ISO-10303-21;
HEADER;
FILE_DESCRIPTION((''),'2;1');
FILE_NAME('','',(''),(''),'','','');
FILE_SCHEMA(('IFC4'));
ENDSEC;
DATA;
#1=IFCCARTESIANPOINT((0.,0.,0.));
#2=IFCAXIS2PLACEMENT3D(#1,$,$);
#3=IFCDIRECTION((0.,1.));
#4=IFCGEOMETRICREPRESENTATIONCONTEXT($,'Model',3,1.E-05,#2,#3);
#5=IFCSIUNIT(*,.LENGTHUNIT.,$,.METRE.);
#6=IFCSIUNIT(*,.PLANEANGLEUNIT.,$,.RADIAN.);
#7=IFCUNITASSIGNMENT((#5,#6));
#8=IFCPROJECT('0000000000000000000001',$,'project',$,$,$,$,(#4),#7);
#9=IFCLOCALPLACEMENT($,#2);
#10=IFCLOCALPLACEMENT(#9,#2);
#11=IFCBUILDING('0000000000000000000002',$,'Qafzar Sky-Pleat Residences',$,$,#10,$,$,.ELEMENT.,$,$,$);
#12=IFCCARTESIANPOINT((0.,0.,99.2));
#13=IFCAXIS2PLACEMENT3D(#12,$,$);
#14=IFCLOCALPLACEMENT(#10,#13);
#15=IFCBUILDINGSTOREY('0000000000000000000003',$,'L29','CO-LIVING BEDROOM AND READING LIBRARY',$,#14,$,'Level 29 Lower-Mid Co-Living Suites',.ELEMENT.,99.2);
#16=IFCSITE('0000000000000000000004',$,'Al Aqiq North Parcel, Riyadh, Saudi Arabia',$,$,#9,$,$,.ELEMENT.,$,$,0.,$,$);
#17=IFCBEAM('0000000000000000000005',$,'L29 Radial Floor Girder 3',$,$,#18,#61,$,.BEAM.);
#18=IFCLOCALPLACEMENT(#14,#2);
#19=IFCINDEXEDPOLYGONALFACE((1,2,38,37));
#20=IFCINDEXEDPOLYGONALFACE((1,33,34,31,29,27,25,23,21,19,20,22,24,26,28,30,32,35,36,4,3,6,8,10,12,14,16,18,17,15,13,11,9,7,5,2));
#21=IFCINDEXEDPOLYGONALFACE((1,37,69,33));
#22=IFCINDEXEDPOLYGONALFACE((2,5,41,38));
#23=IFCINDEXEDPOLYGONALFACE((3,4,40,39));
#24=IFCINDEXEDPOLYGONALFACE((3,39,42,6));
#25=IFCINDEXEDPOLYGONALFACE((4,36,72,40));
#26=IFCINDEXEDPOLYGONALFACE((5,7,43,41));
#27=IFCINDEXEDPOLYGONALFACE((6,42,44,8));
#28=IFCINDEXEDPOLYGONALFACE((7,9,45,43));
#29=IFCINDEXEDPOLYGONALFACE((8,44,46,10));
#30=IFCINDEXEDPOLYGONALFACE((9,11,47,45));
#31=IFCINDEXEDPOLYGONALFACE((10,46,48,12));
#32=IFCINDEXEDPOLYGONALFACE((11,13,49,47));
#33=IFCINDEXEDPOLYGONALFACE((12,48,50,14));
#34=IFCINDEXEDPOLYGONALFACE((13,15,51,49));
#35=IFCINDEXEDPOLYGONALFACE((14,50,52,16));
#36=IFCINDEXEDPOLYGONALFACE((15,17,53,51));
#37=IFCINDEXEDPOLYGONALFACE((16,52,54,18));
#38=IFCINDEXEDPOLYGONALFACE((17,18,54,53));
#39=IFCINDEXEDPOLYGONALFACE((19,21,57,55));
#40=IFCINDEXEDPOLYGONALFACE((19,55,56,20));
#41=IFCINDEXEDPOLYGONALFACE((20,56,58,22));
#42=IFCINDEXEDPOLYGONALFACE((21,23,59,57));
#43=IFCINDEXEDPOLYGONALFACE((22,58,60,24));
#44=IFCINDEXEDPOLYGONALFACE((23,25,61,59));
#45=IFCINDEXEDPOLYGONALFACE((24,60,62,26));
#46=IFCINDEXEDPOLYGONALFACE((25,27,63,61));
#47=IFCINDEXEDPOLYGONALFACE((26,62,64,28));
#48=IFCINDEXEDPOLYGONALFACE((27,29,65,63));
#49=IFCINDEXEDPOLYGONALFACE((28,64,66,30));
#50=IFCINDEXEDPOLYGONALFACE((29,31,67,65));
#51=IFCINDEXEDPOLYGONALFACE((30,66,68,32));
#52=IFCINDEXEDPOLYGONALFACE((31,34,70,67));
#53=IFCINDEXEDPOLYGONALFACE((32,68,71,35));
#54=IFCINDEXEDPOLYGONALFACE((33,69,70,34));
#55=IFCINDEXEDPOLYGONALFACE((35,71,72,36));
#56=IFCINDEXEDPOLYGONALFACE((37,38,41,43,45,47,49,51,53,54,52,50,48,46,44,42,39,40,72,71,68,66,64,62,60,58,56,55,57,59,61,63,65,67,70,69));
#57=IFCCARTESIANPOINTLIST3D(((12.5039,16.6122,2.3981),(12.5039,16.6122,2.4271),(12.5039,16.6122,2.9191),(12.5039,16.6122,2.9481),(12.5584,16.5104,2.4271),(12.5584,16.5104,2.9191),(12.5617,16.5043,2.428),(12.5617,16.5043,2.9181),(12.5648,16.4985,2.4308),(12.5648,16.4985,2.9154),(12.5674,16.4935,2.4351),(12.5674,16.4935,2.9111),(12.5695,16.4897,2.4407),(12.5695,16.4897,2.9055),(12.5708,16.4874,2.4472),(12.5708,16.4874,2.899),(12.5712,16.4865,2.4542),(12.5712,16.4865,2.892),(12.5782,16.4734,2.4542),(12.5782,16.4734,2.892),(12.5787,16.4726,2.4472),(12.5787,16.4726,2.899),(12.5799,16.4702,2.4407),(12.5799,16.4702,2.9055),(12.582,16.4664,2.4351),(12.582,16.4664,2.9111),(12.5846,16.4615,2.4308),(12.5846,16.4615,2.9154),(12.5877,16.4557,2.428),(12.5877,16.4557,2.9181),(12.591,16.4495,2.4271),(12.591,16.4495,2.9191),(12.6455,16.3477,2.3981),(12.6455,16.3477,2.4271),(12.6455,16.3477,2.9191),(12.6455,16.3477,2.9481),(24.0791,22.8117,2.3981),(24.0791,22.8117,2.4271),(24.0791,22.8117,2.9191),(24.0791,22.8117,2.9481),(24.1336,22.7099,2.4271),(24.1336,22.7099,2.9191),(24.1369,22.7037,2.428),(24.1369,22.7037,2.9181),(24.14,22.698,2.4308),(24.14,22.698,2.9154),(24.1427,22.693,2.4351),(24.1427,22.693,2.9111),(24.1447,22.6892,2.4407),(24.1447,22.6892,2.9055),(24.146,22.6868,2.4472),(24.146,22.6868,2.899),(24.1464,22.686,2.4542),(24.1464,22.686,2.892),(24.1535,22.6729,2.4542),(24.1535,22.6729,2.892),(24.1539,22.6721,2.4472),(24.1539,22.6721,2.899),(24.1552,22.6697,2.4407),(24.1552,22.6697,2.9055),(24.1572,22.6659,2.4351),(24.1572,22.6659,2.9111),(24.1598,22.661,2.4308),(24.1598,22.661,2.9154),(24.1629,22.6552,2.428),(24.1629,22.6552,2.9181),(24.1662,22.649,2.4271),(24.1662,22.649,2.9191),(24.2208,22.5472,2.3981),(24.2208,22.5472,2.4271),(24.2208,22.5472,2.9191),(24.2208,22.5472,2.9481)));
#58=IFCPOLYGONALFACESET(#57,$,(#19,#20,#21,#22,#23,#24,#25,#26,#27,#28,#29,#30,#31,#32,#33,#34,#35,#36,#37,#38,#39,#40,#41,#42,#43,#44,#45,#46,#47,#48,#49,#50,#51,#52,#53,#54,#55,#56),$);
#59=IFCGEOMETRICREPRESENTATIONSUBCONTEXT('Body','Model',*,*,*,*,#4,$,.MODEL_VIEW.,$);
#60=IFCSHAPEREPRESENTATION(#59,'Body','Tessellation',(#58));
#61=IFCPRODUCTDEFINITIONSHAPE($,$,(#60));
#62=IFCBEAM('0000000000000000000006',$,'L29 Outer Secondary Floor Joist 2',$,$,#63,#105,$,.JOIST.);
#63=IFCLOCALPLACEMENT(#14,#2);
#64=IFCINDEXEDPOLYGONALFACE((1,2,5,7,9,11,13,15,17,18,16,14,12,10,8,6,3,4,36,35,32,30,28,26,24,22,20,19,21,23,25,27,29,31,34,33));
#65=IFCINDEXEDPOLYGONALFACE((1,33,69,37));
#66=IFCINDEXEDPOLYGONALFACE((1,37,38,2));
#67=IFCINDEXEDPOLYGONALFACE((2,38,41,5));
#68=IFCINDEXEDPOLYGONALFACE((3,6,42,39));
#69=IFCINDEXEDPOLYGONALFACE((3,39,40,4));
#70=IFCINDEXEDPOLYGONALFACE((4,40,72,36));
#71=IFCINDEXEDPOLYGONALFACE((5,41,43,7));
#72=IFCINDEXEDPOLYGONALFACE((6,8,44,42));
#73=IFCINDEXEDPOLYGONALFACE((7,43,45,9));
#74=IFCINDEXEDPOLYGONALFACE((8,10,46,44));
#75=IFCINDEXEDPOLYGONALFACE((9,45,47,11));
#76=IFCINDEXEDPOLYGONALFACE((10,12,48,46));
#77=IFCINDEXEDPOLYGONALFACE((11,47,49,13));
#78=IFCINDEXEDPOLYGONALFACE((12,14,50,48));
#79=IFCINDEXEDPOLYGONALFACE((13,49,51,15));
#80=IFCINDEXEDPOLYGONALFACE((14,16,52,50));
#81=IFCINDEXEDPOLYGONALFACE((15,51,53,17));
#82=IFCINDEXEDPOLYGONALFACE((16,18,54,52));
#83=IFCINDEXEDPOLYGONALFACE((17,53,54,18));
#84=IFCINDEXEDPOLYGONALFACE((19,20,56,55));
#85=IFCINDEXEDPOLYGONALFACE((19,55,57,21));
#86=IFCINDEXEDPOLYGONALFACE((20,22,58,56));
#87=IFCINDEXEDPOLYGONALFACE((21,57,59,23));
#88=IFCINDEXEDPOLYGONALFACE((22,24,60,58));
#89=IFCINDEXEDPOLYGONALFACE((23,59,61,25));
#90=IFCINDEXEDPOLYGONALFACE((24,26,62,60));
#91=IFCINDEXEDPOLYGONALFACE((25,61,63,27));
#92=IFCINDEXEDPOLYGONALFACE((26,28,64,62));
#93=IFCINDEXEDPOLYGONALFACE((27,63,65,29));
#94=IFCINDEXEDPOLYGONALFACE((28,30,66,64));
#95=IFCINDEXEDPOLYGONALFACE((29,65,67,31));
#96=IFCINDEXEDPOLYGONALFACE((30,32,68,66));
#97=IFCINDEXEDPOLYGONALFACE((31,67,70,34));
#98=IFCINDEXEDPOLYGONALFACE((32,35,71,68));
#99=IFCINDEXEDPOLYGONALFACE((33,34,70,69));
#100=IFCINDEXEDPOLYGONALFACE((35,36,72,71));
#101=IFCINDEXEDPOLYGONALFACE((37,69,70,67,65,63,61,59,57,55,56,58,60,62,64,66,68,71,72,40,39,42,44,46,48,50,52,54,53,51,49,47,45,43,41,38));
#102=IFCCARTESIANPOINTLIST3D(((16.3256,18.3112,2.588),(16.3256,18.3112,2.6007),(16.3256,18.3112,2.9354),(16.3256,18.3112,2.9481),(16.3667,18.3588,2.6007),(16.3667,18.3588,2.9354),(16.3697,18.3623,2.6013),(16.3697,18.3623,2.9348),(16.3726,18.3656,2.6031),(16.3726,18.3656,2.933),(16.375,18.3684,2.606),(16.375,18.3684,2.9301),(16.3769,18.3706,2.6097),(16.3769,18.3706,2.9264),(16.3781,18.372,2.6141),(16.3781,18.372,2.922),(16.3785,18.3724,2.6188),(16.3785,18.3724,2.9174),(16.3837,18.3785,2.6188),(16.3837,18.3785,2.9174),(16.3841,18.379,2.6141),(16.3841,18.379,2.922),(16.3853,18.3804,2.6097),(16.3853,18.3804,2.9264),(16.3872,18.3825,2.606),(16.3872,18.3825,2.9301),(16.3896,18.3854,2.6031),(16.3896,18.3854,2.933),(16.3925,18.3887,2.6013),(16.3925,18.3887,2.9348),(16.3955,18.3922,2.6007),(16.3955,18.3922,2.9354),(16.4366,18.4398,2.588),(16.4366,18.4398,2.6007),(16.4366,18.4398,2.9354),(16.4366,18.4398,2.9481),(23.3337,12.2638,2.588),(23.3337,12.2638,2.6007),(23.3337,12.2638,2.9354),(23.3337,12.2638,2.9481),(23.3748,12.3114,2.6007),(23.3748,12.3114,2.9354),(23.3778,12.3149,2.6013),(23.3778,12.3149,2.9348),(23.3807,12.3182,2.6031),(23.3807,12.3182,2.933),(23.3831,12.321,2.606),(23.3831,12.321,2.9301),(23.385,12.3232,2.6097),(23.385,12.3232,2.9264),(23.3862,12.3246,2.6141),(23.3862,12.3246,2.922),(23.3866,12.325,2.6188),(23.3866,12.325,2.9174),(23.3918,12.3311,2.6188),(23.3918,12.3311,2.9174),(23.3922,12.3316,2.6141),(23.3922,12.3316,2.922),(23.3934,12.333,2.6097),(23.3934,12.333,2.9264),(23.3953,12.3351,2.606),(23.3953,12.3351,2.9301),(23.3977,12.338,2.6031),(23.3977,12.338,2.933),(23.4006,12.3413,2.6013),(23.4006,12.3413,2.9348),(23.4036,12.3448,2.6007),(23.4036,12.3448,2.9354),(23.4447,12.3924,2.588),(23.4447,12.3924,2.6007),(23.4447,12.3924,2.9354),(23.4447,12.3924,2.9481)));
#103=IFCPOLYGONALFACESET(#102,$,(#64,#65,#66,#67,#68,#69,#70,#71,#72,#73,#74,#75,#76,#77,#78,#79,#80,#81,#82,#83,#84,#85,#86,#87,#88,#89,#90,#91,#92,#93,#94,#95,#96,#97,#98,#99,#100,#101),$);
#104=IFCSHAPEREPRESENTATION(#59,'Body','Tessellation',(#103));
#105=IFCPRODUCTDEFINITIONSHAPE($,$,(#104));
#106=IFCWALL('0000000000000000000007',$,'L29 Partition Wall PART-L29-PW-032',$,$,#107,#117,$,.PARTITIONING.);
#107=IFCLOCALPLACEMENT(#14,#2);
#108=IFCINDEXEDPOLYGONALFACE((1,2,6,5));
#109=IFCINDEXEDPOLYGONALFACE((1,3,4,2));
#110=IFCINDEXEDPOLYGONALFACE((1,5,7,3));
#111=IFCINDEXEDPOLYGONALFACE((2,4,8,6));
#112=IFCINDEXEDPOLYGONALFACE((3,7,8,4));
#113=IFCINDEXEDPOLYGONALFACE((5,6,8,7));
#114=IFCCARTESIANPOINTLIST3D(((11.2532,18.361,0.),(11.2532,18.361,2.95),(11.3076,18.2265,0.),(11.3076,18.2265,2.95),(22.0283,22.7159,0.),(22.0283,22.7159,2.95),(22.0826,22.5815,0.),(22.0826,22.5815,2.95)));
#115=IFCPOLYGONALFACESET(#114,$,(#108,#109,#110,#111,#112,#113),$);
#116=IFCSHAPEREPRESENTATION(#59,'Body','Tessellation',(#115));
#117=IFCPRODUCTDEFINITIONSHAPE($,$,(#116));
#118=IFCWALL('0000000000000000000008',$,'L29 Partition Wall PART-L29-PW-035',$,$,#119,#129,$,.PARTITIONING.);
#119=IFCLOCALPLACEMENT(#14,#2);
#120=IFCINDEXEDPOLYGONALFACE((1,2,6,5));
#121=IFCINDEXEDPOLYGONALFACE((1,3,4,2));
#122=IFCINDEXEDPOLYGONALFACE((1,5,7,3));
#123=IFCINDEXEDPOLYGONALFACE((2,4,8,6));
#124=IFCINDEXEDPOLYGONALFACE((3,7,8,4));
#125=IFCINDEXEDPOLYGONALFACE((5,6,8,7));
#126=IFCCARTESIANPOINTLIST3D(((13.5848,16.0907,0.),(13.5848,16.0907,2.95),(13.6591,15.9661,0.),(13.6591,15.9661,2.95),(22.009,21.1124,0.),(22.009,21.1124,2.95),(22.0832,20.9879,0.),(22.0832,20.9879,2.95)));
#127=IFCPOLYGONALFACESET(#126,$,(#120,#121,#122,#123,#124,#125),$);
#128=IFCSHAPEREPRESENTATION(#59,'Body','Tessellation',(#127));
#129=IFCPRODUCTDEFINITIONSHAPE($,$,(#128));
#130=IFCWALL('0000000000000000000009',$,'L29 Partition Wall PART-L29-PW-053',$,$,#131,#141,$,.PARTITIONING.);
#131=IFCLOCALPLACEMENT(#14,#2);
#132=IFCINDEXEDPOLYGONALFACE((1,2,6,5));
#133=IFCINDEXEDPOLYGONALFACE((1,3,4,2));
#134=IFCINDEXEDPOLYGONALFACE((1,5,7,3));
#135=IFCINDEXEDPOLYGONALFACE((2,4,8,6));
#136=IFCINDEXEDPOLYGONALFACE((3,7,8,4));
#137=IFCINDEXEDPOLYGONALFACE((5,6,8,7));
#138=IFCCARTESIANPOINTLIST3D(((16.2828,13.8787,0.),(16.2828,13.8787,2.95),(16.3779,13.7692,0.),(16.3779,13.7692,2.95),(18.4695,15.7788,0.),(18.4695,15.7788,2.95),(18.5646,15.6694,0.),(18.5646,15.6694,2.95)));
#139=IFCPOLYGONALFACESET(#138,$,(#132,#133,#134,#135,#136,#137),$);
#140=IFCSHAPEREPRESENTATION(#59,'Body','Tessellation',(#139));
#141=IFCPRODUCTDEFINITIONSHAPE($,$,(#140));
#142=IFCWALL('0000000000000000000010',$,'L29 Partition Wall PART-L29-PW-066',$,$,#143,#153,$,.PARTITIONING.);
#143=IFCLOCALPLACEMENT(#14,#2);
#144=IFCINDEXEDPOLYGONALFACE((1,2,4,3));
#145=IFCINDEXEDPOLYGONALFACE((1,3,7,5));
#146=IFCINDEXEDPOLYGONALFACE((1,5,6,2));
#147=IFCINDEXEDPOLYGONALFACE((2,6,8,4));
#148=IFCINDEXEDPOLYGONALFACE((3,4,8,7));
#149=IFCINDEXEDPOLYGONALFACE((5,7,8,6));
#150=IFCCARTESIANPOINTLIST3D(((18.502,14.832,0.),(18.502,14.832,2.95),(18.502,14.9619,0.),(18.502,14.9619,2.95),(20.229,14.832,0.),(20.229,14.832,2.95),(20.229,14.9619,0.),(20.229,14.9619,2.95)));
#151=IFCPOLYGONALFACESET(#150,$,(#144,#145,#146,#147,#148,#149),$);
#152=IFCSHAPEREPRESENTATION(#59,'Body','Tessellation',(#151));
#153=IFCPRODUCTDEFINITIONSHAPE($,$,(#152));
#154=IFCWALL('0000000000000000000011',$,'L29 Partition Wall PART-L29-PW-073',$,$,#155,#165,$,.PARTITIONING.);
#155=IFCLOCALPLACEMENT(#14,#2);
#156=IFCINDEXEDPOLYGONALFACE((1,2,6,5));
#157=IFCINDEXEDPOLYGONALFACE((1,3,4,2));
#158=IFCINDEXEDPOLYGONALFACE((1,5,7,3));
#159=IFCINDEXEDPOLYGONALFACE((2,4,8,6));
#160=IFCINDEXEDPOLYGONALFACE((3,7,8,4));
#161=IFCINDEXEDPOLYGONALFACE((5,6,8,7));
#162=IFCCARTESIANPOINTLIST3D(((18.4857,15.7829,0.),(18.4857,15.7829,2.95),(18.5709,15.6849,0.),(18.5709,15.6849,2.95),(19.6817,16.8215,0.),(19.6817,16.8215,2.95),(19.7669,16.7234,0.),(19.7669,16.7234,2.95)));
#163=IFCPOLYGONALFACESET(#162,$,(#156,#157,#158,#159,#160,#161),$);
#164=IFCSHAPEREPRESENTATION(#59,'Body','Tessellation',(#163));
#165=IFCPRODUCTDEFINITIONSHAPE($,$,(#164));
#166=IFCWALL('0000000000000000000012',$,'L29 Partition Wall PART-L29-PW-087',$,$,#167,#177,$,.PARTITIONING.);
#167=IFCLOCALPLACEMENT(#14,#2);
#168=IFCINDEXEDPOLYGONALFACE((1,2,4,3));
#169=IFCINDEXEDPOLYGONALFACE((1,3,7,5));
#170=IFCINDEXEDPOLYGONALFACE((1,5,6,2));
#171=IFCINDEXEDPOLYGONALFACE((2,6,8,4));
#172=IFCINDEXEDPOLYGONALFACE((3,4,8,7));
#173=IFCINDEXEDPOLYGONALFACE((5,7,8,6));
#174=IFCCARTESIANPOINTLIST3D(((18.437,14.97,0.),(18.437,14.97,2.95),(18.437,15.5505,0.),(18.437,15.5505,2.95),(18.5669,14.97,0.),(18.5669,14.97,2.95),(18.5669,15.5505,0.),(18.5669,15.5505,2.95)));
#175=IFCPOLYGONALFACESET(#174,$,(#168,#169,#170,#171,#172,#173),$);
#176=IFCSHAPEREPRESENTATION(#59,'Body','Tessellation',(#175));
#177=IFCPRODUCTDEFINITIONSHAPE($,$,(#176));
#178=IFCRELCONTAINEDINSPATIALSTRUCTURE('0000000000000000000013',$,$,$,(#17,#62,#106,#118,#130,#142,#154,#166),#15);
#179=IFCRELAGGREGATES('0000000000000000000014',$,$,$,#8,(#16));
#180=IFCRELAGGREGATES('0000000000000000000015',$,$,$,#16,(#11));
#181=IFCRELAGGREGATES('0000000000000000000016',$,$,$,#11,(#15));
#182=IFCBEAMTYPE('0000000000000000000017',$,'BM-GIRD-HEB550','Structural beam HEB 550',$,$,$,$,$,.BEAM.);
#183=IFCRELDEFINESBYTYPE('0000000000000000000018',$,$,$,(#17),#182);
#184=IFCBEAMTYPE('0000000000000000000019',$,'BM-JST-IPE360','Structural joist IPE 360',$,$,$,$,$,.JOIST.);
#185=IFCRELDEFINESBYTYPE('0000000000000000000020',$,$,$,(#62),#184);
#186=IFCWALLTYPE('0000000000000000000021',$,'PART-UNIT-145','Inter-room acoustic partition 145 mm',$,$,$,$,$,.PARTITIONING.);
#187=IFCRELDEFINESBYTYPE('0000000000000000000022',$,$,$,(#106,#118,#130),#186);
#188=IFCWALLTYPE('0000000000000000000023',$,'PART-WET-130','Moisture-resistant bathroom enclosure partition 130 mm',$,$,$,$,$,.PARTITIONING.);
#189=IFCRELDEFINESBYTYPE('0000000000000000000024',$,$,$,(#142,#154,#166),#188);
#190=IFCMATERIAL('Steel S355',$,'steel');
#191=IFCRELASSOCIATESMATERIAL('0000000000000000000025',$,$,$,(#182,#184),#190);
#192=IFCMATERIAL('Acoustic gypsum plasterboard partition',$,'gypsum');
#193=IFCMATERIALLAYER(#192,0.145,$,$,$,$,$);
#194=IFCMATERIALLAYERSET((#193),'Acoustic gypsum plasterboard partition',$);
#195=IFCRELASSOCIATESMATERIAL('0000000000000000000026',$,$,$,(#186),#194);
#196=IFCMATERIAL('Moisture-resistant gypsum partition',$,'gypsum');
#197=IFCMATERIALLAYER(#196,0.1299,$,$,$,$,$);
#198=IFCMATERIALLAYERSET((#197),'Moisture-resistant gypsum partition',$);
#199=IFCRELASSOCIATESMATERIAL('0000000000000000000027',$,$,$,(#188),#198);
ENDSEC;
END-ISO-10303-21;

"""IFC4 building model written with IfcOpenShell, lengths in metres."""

from ifc_helpers import new_model, si_unit, direction, frame, frame_2d, origin, origin_2d, place, context, subcontext, project, spatial, rectangle, i_section, extrude, source, transform, mapped, material, layer, layer_set, material_profile, profile_set, type_object, element, save


model = new_model("IFC4")

# Units and contexts
model_context = context("Model", 3, precision=1e-05, world=origin(), true_north=direction((0.0, 1.0)))
body_context = subcontext(model_context, "Body", "Model", "MODEL_VIEW")
ifc_project = project(units=[si_unit("LENGTHUNIT", "METRE"), si_unit("PLANEANGLEUNIT", "RADIAN")], contexts=[model_context])

# Site, building, storey
site_placement = place(None, origin())
site = spatial("IfcSite", under=ifc_project, at=site_placement, Name="Al Aqiq North Parcel, Riyadh, Saudi Arabia", CompositionType="ELEMENT", RefElevation=0.0)
building_placement = place(site_placement, origin())
building = spatial("IfcBuilding", under=site, at=building_placement, Name="Qafzar Sky-Pleat Residences", CompositionType="ELEMENT")
storey_placement = place(building_placement, frame((0.0, 0.0, 99.2)))
storey = spatial("IfcBuildingStorey", under=building, at=storey_placement, Name="L29", Description="CO-LIVING BEDROOM AND READING LIBRARY", LongName="Level 29 Lower-Mid Co-Living Suites", CompositionType="ELEMENT", Elevation=99.2)

# Beams
ifc_material_1 = material(Name="Steel S355", Category="steel")
ifc_material_profile_1 = material_profile(ifc_material_1, i_section(OverallWidth=0.3, OverallDepth=0.55, WebThickness=0.0149, FlangeThickness=0.0291, FilletRadius=0.0271, at=origin_2d()), Name="HEB 550")
ifc_profile_set_1 = profile_set([ifc_material_profile_1], Name="Steel S355")
beam_type_1 = type_object("IfcBeamType", Name="BM-GIRD-HEB550", Description="Structural beam HEB 550", PredefinedType="BEAM", material=ifc_profile_set_1)
shared_shape_1 = source(origin(), body_context, "Body", "SweptSolid", [
    extrude(i_section(OverallWidth=0.3, OverallDepth=0.55, WebThickness=0.0149, FlangeThickness=0.0291, FilletRadius=0.0271, at=origin_2d()), origin(), (0.0, 0.0, 1.0), 13.1309),
])
beam_1_placement = place(storey_placement, frame((12.5747, 16.48, 2.6731), z_axis=(0.881529, 0.472131, 0.0), x_axis=(-0.472131, 0.881529, 0.0)))
element("IfcBeam", 1, at=beam_1_placement, inside=storey, type_object=beam_type_1, Name="L29 Radial Floor Girder 3", PredefinedType="BEAM", context=body_context, shape_type="MappedRepresentation", body=[
    mapped(shared_shape_1, transform((0.0, 0.0, 0.0), x_axis=(1.0, 0.0, 0.0), y_axis=(0.0, 1.0, 0.0), z_axis=(0.0, 0.0, 1.0), scale=1.0)),
])
ifc_material_profile_2 = material_profile(ifc_material_1, i_section(OverallWidth=0.1699, OverallDepth=0.3601, WebThickness=0.0081, FlangeThickness=0.0127, FilletRadius=0.0181, at=origin_2d()), Name="IPE 360")
ifc_profile_set_2 = profile_set([ifc_material_profile_2], Name="Steel S355")
beam_type_2 = type_object("IfcBeamType", Name="BM-JST-IPE360", Description="Structural joist IPE 360", PredefinedType="JOIST", material=ifc_profile_set_2)
shared_shape_2 = source(origin(), body_context, "Body", "SweptSolid", [
    extrude(i_section(OverallWidth=0.1699, OverallDepth=0.3601, WebThickness=0.0081, FlangeThickness=0.0127, FilletRadius=0.0181, at=origin_2d()), origin(), (0.0, 0.0, 1.0), 9.2566),
])
beam_2_placement = place(storey_placement, frame((16.3811, 18.3755, 2.7681), z_axis=(0.757093, -0.653307, 0.0), x_axis=(0.653307, 0.757093, 0.0)))
element("IfcBeam", 2, at=beam_2_placement, inside=storey, type_object=beam_type_2, Name="L29 Outer Secondary Floor Joist 2", PredefinedType="JOIST", context=body_context, shape_type="MappedRepresentation", body=[
    mapped(shared_shape_2, transform((0.0, 0.0, 0.0), x_axis=(1.0, 0.0, 0.0), y_axis=(0.0, 1.0, 0.0), z_axis=(0.0, 0.0, 1.0), scale=1.0)),
])

# Walls
ifc_material_2 = material(Name="Acoustic gypsum plasterboard partition", Category="gypsum")
ifc_layer_1 = layer(ifc_material_2, 0.145)
ifc_layer_set_1 = layer_set([ifc_layer_1], Name="Acoustic gypsum plasterboard partition")
wall_type_1 = type_object("IfcWallType", Name="PART-UNIT-145", Description="Inter-room acoustic partition 145 mm", PredefinedType="PARTITIONING", material=ifc_layer_set_1)
wall_1_placement = place(storey_placement, frame((11.2803, 18.2937, 0.0), z_axis=(0.0, 0.0, 1.0), x_axis=(0.927138, 0.37472, 0.0)))
element("IfcWall", 3, at=wall_1_placement, inside=storey, type_object=wall_type_1, Name="L29 Partition Wall PART-L29-PW-032", PredefinedType="PARTITIONING", context=body_context, shape_type="SweptSolid", body=[
    extrude(rectangle(XDim=11.6218, YDim=0.145, at=frame_2d((5.811, 0.0))), origin(), (0.0, 0.0, 1.0), 2.95),
])
wall_2_placement = place(storey_placement, frame((13.6218, 16.0283, 0.0), z_axis=(0.0, 0.0, 1.0), x_axis=(0.858961, 0.512041, 0.0)))
element("IfcWall", 4, at=wall_2_placement, inside=storey, type_object=wall_type_1, Name="L29 Partition Wall PART-L29-PW-035", PredefinedType="PARTITIONING", context=body_context, shape_type="SweptSolid", body=[
    extrude(rectangle(XDim=9.8074, YDim=0.145, at=frame_2d((4.9038, 0.0))), origin(), (0.0, 0.0, 1.0), 2.95),
])
wall_3_placement = place(storey_placement, frame((16.3303, 13.824, 0.0), z_axis=(0.0, 0.0, 1.0), x_axis=(0.754843, 0.655905, 0.0)))
element("IfcWall", 5, at=wall_3_placement, inside=storey, type_object=wall_type_1, Name="L29 Partition Wall PART-L29-PW-053", PredefinedType="PARTITIONING", context=body_context, shape_type="SweptSolid", body=[
    extrude(rectangle(XDim=2.897, YDim=0.145, at=frame_2d((1.4485, 0.0))), origin(), (0.0, 0.0, 1.0), 2.95),
])
ifc_material_3 = material(Name="Moisture-resistant gypsum partition", Category="gypsum")
ifc_layer_2 = layer(ifc_material_3, 0.1299)
ifc_layer_set_2 = layer_set([ifc_layer_2], Name="Moisture-resistant gypsum partition")
wall_type_2 = type_object("IfcWallType", Name="PART-WET-130", Description="Moisture-resistant bathroom enclosure partition 130 mm", PredefinedType="PARTITIONING", material=ifc_layer_set_2)
wall_4_placement = place(storey_placement, frame((18.502, 14.897, 0.0), z_axis=(0.0, 0.0, 1.0), x_axis=(1.0, 0.0, 0.0)))
element("IfcWall", 6, at=wall_4_placement, inside=storey, type_object=wall_type_2, Name="L29 Partition Wall PART-L29-PW-066", PredefinedType="PARTITIONING", context=body_context, shape_type="SweptSolid", body=[
    extrude(rectangle(XDim=1.7271, YDim=0.1299, at=frame_2d((0.8635, 0.0))), origin(), (0.0, 0.0, 1.0), 2.95),
])
wall_5_placement = place(storey_placement, frame((18.5283, 15.7339, 0.0), z_axis=(0.0, 0.0, 1.0), x_axis=(0.755063, 0.655652, 0.0)))
element("IfcWall", 7, at=wall_5_placement, inside=storey, type_object=wall_type_2, Name="L29 Partition Wall PART-L29-PW-073", PredefinedType="PARTITIONING", context=body_context, shape_type="SweptSolid", body=[
    extrude(rectangle(XDim=1.584, YDim=0.1299, at=frame_2d((0.792, 0.0))), origin(), (0.0, 0.0, 1.0), 2.95),
])
wall_6_placement = place(storey_placement, frame((18.502, 14.97, 0.0), z_axis=(0.0, 0.0, 1.0), x_axis=(0.0, 1.0, 0.0)))
element("IfcWall", 8, at=wall_6_placement, inside=storey, type_object=wall_type_2, Name="L29 Partition Wall PART-L29-PW-087", PredefinedType="PARTITIONING", context=body_context, shape_type="SweptSolid", body=[
    extrude(rectangle(XDim=0.5806, YDim=0.1299, at=frame_2d((0.2903, 0.0))), origin(), (0.0, 0.0, 1.0), 2.95),
])

save(model, "model.ifc")
